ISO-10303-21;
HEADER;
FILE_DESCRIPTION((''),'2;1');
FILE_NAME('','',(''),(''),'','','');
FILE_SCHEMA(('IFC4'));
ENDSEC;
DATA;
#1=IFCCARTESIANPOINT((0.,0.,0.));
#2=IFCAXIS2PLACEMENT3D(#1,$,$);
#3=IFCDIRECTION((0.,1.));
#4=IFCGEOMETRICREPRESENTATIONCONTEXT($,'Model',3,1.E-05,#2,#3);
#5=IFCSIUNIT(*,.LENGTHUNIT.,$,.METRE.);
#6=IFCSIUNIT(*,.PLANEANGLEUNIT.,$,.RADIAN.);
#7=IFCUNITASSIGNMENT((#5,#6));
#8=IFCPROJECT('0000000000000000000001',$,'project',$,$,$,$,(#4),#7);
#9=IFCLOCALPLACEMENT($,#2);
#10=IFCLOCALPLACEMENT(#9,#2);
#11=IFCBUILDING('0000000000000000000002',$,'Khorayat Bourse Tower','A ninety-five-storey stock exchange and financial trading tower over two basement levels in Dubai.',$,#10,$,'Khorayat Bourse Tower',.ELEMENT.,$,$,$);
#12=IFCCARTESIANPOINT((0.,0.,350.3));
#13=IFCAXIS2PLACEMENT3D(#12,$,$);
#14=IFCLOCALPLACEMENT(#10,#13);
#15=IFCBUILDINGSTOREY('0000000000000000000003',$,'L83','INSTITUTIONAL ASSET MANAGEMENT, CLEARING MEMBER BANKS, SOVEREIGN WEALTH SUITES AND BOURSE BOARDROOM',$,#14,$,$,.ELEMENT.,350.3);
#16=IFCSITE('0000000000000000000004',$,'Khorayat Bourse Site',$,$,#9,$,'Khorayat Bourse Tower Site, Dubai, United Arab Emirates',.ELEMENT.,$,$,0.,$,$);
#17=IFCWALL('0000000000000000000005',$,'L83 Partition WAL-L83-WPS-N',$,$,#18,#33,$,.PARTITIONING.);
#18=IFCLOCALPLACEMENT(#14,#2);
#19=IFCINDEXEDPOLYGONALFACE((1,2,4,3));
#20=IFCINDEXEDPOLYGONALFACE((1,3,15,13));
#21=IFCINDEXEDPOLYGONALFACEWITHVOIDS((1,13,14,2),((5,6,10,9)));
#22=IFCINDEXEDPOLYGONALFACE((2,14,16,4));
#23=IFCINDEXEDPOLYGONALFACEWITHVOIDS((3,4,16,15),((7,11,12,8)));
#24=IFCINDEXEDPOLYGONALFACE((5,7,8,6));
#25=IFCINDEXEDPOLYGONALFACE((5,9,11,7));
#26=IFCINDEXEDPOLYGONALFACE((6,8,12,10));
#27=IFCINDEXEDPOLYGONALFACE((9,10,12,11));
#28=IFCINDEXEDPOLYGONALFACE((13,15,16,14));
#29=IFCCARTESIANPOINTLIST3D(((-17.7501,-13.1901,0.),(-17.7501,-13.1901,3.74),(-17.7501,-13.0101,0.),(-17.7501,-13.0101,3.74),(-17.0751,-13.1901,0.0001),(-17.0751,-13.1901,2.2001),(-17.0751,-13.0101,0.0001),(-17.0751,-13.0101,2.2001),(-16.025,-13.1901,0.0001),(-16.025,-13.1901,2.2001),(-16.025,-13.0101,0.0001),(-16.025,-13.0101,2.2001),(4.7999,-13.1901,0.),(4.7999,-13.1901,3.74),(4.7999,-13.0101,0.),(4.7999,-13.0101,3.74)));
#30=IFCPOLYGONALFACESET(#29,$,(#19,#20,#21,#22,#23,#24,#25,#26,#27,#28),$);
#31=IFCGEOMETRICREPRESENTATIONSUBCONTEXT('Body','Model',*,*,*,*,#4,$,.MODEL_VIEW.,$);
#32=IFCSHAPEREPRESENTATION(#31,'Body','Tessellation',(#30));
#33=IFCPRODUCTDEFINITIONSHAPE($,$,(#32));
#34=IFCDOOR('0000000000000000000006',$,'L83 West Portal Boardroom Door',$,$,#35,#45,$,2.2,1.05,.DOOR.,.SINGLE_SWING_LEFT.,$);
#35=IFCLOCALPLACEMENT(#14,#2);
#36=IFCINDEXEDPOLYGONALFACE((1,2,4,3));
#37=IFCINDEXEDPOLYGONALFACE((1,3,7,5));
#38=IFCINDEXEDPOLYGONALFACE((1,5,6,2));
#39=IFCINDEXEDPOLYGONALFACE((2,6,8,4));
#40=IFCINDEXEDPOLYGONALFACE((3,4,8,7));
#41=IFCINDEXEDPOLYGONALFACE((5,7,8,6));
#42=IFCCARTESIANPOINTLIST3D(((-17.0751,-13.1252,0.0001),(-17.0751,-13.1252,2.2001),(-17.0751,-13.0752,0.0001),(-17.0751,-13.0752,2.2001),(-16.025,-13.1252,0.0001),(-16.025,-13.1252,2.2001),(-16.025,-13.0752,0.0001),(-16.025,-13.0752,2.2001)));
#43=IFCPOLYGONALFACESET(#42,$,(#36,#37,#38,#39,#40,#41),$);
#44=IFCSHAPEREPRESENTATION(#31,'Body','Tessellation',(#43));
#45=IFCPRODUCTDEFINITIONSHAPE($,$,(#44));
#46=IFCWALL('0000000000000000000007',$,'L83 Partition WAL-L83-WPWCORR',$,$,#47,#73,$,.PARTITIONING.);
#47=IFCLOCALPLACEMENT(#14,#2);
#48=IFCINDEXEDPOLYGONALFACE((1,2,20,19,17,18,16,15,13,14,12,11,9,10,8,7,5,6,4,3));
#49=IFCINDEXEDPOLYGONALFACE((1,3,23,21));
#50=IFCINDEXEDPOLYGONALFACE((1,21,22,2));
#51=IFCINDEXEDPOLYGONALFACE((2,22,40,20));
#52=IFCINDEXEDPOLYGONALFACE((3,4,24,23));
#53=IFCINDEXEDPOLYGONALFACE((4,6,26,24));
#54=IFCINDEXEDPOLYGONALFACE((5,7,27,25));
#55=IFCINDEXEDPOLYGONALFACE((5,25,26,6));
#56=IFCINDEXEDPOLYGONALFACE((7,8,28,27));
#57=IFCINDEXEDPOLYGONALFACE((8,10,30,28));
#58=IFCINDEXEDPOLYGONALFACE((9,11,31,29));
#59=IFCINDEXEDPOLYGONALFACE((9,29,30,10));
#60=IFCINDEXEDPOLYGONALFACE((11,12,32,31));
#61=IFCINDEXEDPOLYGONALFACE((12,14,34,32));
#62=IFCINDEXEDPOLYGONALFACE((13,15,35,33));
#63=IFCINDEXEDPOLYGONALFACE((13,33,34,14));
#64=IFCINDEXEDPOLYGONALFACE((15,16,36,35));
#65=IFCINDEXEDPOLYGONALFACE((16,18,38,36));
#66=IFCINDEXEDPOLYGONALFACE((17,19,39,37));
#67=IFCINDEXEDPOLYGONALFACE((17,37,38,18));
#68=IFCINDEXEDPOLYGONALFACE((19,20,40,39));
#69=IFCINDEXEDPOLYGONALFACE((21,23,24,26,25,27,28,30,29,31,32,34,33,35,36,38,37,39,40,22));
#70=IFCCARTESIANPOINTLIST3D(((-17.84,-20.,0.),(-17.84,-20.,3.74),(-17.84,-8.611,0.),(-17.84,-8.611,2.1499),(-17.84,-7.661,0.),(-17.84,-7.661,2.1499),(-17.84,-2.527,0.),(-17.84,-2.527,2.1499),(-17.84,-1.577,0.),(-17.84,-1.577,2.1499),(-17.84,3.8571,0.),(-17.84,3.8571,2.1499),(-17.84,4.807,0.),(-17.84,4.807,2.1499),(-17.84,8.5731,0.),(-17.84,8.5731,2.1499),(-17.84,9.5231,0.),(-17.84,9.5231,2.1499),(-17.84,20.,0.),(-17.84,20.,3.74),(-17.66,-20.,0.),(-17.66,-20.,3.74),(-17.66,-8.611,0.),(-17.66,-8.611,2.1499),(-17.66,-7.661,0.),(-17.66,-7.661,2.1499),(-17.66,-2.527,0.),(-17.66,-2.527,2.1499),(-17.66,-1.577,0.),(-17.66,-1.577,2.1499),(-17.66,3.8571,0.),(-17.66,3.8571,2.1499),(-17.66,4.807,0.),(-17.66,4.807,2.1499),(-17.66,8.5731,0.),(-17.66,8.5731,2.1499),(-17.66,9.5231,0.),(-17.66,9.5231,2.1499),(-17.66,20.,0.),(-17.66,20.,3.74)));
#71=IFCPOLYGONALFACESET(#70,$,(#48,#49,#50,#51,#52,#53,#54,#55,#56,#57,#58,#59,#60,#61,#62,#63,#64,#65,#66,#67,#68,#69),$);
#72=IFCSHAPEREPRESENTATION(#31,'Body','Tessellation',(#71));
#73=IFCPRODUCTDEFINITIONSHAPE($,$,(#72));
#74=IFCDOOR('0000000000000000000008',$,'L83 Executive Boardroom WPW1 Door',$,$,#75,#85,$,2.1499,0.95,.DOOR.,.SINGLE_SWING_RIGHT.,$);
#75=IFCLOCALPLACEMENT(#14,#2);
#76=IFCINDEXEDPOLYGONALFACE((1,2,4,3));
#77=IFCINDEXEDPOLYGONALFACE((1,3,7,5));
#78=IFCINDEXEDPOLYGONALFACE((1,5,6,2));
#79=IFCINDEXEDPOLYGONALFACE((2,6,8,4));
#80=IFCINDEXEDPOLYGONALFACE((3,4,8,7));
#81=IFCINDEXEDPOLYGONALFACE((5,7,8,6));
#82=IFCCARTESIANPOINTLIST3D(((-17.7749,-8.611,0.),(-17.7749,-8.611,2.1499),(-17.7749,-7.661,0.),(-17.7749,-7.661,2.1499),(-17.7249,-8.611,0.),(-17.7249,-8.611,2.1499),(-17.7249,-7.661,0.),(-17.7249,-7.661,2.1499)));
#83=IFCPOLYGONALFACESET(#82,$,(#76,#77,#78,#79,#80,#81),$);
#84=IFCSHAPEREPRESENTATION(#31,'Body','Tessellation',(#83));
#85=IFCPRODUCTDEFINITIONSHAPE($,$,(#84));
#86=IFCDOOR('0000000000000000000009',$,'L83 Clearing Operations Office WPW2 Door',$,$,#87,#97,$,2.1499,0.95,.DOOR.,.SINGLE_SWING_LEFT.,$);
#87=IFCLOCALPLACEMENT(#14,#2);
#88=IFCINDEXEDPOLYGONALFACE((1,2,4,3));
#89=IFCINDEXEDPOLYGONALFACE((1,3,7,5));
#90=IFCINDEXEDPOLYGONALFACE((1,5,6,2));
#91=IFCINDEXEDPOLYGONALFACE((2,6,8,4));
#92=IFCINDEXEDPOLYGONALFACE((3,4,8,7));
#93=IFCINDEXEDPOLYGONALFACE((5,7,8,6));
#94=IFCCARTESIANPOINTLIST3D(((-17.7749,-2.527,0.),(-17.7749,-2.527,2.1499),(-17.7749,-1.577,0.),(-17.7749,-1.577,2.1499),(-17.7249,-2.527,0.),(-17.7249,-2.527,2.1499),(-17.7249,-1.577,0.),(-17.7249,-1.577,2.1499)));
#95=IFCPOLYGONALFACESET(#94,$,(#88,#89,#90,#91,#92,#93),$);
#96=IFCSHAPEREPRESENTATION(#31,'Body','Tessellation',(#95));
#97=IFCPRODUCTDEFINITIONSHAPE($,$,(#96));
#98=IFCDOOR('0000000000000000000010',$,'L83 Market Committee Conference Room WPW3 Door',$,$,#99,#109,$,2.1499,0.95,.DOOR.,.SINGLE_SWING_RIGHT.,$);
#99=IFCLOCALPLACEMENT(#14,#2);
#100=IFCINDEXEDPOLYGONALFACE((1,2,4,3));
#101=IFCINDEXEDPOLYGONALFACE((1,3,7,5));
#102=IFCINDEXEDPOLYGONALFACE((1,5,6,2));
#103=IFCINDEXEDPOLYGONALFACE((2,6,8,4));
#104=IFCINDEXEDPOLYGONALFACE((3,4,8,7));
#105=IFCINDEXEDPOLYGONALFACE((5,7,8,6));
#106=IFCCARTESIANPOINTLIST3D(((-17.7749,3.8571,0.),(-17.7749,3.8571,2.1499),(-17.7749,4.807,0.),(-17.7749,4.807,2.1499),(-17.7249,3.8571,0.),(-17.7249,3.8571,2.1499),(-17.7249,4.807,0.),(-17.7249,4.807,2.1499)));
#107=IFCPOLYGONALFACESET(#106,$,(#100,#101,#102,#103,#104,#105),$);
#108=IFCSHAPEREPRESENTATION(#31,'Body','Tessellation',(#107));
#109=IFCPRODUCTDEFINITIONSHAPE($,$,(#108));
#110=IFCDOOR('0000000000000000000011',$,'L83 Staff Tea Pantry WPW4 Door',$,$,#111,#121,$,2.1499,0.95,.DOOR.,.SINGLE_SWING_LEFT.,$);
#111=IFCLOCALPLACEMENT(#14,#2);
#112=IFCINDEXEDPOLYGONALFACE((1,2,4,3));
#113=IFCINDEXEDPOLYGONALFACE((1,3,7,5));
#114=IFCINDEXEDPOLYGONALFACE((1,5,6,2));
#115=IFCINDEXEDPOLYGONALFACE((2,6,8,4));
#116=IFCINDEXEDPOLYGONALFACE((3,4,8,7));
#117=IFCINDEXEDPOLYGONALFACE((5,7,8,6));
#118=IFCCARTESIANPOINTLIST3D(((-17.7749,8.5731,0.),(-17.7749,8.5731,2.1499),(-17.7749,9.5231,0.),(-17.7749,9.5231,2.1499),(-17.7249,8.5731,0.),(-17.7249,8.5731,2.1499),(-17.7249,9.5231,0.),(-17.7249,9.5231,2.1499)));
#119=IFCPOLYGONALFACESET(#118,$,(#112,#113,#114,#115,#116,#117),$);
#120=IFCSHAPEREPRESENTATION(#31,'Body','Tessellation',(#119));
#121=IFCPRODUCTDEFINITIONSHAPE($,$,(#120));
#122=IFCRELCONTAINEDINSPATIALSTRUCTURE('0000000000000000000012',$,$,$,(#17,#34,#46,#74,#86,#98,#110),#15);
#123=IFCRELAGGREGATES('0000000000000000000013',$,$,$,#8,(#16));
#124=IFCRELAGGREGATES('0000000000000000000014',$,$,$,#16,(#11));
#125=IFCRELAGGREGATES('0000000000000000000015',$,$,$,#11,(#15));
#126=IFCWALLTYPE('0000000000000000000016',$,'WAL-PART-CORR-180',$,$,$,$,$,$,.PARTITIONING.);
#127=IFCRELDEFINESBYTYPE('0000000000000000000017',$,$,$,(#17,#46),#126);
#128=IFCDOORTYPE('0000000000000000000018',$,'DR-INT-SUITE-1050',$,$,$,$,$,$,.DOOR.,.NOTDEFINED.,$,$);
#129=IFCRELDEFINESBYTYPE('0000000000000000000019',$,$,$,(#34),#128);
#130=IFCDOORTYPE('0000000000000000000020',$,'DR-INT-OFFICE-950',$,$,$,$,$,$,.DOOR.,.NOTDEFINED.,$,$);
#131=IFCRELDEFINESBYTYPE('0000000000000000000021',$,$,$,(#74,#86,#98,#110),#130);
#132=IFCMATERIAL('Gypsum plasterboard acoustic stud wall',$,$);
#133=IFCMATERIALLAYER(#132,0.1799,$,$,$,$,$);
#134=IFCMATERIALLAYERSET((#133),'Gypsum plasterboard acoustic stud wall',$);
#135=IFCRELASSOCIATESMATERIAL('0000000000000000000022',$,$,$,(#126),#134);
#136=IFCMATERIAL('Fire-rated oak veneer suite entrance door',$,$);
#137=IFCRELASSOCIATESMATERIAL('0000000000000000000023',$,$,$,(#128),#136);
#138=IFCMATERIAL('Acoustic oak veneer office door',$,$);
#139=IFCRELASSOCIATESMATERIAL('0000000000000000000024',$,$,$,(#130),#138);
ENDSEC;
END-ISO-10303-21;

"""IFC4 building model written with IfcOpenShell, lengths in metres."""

from ifc_helpers import new_model, si_unit, direction, frame, frame_2d, origin, place, context, subcontext, project, spatial, rectangle, extrude, source, transform, mapped, material, layer, layer_set, type_object, element, fill, save


model = new_model("IFC4")

# Units and contexts
model_context = context("Model", 3, precision=1e-05, world=origin(), true_north=direction((0.0, 1.0)))
body_context = subcontext(model_context, "Body", "Model", "MODEL_VIEW")
ifc_project = project(units=[si_unit("LENGTHUNIT", "METRE"), si_unit("PLANEANGLEUNIT", "RADIAN")], contexts=[model_context])

# Site, building, storey
site_placement = place(None, origin())
site = spatial("IfcSite", under=ifc_project, at=site_placement, Name="Khorayat Bourse Site", LongName="Khorayat Bourse Tower Site, Dubai, United Arab Emirates", CompositionType="ELEMENT", RefElevation=0.0)
building_placement = place(site_placement, origin())
building = spatial("IfcBuilding", under=site, at=building_placement, Name="Khorayat Bourse Tower", Description="A ninety-five-storey stock exchange and financial trading tower over two basement levels in Dubai.", LongName="Khorayat Bourse Tower", CompositionType="ELEMENT")
storey_placement = place(building_placement, frame((0.0, 0.0, 350.3)))
storey = spatial("IfcBuildingStorey", under=building, at=storey_placement, Name="L83", Description="INSTITUTIONAL ASSET MANAGEMENT, CLEARING MEMBER BANKS, SOVEREIGN WEALTH SUITES AND BOURSE BOARDROOM", CompositionType="ELEMENT", Elevation=350.3)

# Wall, opening, door
ifc_material_1 = material(Name="Gypsum plasterboard acoustic stud wall")
ifc_layer_1 = layer(ifc_material_1, 0.1799)
ifc_layer_set_1 = layer_set([ifc_layer_1], Name="Gypsum plasterboard acoustic stud wall")
wall_type_1 = type_object("IfcWallType", Name="WAL-PART-CORR-180", PredefinedType="PARTITIONING", material=ifc_layer_set_1)
shared_shape_1 = source(origin(), body_context, "Body", "SweptSolid", [
    extrude(rectangle(XDim=22.55, YDim=0.1799, at=frame_2d((11.2749, 0.0))), origin(), (0.0, 0.0, 1.0), 3.74),
])
wall_1_placement = place(storey_placement, frame((-17.75, -13.1001, 0.0), z_axis=(0.0, 0.0, 1.0), x_axis=(1.0, 0.0, 0.0)))
wall_1 = element("IfcWall", 1, at=wall_1_placement, inside=storey, type_object=wall_type_1, Name="L83 Partition WAL-L83-WPS-N", PredefinedType="PARTITIONING", context=body_context, shape_type="MappedRepresentation", body=[
    mapped(shared_shape_1, transform((0.0, 0.0, 0.0), scale=1.0)),
])
shared_shape_2 = source(origin(), body_context, "Body", "SweptSolid", [
    extrude(rectangle(XDim=1.05, YDim=2.2, at=frame_2d((0.5249, 1.1001))), frame((0.0, 0.0999, 0.0), z_axis=(0.0, -1.0, 0.0), x_axis=(1.0, 0.0, 0.0)), (0.0, 0.0, 1.0), 0.2),
])
opening_1_placement = place(wall_1_placement, frame((0.675, 0.0, 0.0)))
opening_1 = element("IfcOpeningElement", 2, at=opening_1_placement, cuts=wall_1, PredefinedType="OPENING", context=body_context, shape_type="MappedRepresentation", body=[
    mapped(shared_shape_2, transform((0.0, 0.0, 0.0), scale=1.0)),
])
ifc_material_2 = material(Name="Fire-rated oak veneer suite entrance door")
door_type_1 = type_object("IfcDoorType", Name="DR-INT-SUITE-1050", OperationType="NOTDEFINED", PredefinedType="DOOR", material=ifc_material_2)
shared_shape_3 = source(origin(), body_context, "Body", "SweptSolid", [
    extrude(rectangle(XDim=1.05, YDim=2.2, at=frame_2d((0.5249, 1.1001))), frame((0.0, 0.0249, 0.0), z_axis=(0.0, -1.0, 0.0), x_axis=(1.0, 0.0, 0.0)), (0.0, 0.0, 1.0), 0.05),
])
door_1_placement = place(opening_1_placement, origin())
door_1 = element("IfcDoor", 3, at=door_1_placement, inside=storey, type_object=door_type_1, Name="L83 West Portal Boardroom Door", OperationType="SINGLE_SWING_LEFT", OverallHeight=2.2, OverallWidth=1.05, PredefinedType="DOOR", context=body_context, shape_type="MappedRepresentation", body=[
    mapped(shared_shape_3, transform((0.0, 0.0, 0.0), scale=1.0)),
])
fill(opening_1, door_1)

# Wall, openings, doors
shared_shape_4 = source(origin(), body_context, "Body", "SweptSolid", [
    extrude(rectangle(XDim=40.0, YDim=0.1799, at=frame_2d((20.0, 0.0))), origin(), (0.0, 0.0, 1.0), 3.74),
])
wall_2_placement = place(storey_placement, frame((-17.75, -20.0, 0.0), z_axis=(0.0, 0.0, 1.0), x_axis=(0.0, 1.0, 0.0)))
wall_2 = element("IfcWall", 4, at=wall_2_placement, inside=storey, type_object=wall_type_1, Name="L83 Partition WAL-L83-WPWCORR", PredefinedType="PARTITIONING", context=body_context, shape_type="MappedRepresentation", body=[
    mapped(shared_shape_4, transform((0.0, 0.0, 0.0), scale=1.0)),
])
shared_shape_5 = source(origin(), body_context, "Body", "SweptSolid", [
    extrude(rectangle(XDim=0.95, YDim=2.1499, at=frame_2d((0.4751, 1.075))), frame((0.0, 0.0999, 0.0), z_axis=(0.0, -1.0, 0.0), x_axis=(1.0, 0.0, 0.0)), (0.0, 0.0, 1.0), 0.2),
])
opening_2_placement = place(wall_2_placement, frame((11.3889, 0.0, 0.0)))
opening_2 = element("IfcOpeningElement", 5, at=opening_2_placement, cuts=wall_2, PredefinedType="OPENING", context=body_context, shape_type="MappedRepresentation", body=[
    mapped(shared_shape_5, transform((0.0, 0.0, 0.0), scale=1.0)),
])
opening_3_placement = place(wall_2_placement, frame((17.4729, 0.0, 0.0)))
opening_3 = element("IfcOpeningElement", 6, at=opening_3_placement, cuts=wall_2, PredefinedType="OPENING", context=body_context, shape_type="MappedRepresentation", body=[
    mapped(shared_shape_5, transform((0.0, 0.0, 0.0), scale=1.0)),
])
opening_4_placement = place(wall_2_placement, frame((23.8569, 0.0, 0.0)))
opening_4 = element("IfcOpeningElement", 7, at=opening_4_placement, cuts=wall_2, PredefinedType="OPENING", context=body_context, shape_type="MappedRepresentation", body=[
    mapped(shared_shape_5, transform((0.0, 0.0, 0.0), scale=1.0)),
])
opening_5_placement = place(wall_2_placement, frame((28.573, 0.0, 0.0)))
opening_5 = element("IfcOpeningElement", 8, at=opening_5_placement, cuts=wall_2, PredefinedType="OPENING", context=body_context, shape_type="MappedRepresentation", body=[
    mapped(shared_shape_5, transform((0.0, 0.0, 0.0), scale=1.0)),
])
ifc_material_3 = material(Name="Acoustic oak veneer office door")
door_type_2 = type_object("IfcDoorType", Name="DR-INT-OFFICE-950", OperationType="NOTDEFINED", PredefinedType="DOOR", material=ifc_material_3)
shared_shape_6 = source(origin(), body_context, "Body", "SweptSolid", [
    extrude(rectangle(XDim=0.95, YDim=2.1499, at=frame_2d((0.4751, 1.075))), frame((0.0, 0.0249, 0.0), z_axis=(0.0, -1.0, 0.0), x_axis=(1.0, 0.0, 0.0)), (0.0, 0.0, 1.0), 0.05),
])
door_2_placement = place(opening_2_placement, origin())
door_2 = element("IfcDoor", 9, at=door_2_placement, inside=storey, type_object=door_type_2, Name="L83 Executive Boardroom WPW1 Door", OperationType="SINGLE_SWING_RIGHT", OverallHeight=2.1499, OverallWidth=0.95, PredefinedType="DOOR", context=body_context, shape_type="MappedRepresentation", body=[
    mapped(shared_shape_6, transform((0.0, 0.0, 0.0), scale=1.0)),
])
fill(opening_2, door_2)
door_3_placement = place(opening_3_placement, origin())
door_3 = element("IfcDoor", 10, at=door_3_placement, inside=storey, type_object=door_type_2, Name="L83 Clearing Operations Office WPW2 Door", OperationType="SINGLE_SWING_LEFT", OverallHeight=2.1499, OverallWidth=0.95, PredefinedType="DOOR", context=body_context, shape_type="MappedRepresentation", body=[
    mapped(shared_shape_6, transform((0.0, 0.0, 0.0), scale=1.0)),
])
fill(opening_3, door_3)
door_4_placement = place(opening_4_placement, origin())
door_4 = element("IfcDoor", 11, at=door_4_placement, inside=storey, type_object=door_type_2, Name="L83 Market Committee Conference Room WPW3 Door", OperationType="SINGLE_SWING_RIGHT", OverallHeight=2.1499, OverallWidth=0.95, PredefinedType="DOOR", context=body_context, shape_type="MappedRepresentation", body=[
    mapped(shared_shape_6, transform((0.0, 0.0, 0.0), scale=1.0)),
])
fill(opening_4, door_4)
door_5_placement = place(opening_5_placement, origin())
door_5 = element("IfcDoor", 12, at=door_5_placement, inside=storey, type_object=door_type_2, Name="L83 Staff Tea Pantry WPW4 Door", OperationType="SINGLE_SWING_LEFT", OverallHeight=2.1499, OverallWidth=0.95, PredefinedType="DOOR", context=body_context, shape_type="MappedRepresentation", body=[
    mapped(shared_shape_6, transform((0.0, 0.0, 0.0), scale=1.0)),
])
fill(opening_5, door_5)

save(model, "model.ifc")
